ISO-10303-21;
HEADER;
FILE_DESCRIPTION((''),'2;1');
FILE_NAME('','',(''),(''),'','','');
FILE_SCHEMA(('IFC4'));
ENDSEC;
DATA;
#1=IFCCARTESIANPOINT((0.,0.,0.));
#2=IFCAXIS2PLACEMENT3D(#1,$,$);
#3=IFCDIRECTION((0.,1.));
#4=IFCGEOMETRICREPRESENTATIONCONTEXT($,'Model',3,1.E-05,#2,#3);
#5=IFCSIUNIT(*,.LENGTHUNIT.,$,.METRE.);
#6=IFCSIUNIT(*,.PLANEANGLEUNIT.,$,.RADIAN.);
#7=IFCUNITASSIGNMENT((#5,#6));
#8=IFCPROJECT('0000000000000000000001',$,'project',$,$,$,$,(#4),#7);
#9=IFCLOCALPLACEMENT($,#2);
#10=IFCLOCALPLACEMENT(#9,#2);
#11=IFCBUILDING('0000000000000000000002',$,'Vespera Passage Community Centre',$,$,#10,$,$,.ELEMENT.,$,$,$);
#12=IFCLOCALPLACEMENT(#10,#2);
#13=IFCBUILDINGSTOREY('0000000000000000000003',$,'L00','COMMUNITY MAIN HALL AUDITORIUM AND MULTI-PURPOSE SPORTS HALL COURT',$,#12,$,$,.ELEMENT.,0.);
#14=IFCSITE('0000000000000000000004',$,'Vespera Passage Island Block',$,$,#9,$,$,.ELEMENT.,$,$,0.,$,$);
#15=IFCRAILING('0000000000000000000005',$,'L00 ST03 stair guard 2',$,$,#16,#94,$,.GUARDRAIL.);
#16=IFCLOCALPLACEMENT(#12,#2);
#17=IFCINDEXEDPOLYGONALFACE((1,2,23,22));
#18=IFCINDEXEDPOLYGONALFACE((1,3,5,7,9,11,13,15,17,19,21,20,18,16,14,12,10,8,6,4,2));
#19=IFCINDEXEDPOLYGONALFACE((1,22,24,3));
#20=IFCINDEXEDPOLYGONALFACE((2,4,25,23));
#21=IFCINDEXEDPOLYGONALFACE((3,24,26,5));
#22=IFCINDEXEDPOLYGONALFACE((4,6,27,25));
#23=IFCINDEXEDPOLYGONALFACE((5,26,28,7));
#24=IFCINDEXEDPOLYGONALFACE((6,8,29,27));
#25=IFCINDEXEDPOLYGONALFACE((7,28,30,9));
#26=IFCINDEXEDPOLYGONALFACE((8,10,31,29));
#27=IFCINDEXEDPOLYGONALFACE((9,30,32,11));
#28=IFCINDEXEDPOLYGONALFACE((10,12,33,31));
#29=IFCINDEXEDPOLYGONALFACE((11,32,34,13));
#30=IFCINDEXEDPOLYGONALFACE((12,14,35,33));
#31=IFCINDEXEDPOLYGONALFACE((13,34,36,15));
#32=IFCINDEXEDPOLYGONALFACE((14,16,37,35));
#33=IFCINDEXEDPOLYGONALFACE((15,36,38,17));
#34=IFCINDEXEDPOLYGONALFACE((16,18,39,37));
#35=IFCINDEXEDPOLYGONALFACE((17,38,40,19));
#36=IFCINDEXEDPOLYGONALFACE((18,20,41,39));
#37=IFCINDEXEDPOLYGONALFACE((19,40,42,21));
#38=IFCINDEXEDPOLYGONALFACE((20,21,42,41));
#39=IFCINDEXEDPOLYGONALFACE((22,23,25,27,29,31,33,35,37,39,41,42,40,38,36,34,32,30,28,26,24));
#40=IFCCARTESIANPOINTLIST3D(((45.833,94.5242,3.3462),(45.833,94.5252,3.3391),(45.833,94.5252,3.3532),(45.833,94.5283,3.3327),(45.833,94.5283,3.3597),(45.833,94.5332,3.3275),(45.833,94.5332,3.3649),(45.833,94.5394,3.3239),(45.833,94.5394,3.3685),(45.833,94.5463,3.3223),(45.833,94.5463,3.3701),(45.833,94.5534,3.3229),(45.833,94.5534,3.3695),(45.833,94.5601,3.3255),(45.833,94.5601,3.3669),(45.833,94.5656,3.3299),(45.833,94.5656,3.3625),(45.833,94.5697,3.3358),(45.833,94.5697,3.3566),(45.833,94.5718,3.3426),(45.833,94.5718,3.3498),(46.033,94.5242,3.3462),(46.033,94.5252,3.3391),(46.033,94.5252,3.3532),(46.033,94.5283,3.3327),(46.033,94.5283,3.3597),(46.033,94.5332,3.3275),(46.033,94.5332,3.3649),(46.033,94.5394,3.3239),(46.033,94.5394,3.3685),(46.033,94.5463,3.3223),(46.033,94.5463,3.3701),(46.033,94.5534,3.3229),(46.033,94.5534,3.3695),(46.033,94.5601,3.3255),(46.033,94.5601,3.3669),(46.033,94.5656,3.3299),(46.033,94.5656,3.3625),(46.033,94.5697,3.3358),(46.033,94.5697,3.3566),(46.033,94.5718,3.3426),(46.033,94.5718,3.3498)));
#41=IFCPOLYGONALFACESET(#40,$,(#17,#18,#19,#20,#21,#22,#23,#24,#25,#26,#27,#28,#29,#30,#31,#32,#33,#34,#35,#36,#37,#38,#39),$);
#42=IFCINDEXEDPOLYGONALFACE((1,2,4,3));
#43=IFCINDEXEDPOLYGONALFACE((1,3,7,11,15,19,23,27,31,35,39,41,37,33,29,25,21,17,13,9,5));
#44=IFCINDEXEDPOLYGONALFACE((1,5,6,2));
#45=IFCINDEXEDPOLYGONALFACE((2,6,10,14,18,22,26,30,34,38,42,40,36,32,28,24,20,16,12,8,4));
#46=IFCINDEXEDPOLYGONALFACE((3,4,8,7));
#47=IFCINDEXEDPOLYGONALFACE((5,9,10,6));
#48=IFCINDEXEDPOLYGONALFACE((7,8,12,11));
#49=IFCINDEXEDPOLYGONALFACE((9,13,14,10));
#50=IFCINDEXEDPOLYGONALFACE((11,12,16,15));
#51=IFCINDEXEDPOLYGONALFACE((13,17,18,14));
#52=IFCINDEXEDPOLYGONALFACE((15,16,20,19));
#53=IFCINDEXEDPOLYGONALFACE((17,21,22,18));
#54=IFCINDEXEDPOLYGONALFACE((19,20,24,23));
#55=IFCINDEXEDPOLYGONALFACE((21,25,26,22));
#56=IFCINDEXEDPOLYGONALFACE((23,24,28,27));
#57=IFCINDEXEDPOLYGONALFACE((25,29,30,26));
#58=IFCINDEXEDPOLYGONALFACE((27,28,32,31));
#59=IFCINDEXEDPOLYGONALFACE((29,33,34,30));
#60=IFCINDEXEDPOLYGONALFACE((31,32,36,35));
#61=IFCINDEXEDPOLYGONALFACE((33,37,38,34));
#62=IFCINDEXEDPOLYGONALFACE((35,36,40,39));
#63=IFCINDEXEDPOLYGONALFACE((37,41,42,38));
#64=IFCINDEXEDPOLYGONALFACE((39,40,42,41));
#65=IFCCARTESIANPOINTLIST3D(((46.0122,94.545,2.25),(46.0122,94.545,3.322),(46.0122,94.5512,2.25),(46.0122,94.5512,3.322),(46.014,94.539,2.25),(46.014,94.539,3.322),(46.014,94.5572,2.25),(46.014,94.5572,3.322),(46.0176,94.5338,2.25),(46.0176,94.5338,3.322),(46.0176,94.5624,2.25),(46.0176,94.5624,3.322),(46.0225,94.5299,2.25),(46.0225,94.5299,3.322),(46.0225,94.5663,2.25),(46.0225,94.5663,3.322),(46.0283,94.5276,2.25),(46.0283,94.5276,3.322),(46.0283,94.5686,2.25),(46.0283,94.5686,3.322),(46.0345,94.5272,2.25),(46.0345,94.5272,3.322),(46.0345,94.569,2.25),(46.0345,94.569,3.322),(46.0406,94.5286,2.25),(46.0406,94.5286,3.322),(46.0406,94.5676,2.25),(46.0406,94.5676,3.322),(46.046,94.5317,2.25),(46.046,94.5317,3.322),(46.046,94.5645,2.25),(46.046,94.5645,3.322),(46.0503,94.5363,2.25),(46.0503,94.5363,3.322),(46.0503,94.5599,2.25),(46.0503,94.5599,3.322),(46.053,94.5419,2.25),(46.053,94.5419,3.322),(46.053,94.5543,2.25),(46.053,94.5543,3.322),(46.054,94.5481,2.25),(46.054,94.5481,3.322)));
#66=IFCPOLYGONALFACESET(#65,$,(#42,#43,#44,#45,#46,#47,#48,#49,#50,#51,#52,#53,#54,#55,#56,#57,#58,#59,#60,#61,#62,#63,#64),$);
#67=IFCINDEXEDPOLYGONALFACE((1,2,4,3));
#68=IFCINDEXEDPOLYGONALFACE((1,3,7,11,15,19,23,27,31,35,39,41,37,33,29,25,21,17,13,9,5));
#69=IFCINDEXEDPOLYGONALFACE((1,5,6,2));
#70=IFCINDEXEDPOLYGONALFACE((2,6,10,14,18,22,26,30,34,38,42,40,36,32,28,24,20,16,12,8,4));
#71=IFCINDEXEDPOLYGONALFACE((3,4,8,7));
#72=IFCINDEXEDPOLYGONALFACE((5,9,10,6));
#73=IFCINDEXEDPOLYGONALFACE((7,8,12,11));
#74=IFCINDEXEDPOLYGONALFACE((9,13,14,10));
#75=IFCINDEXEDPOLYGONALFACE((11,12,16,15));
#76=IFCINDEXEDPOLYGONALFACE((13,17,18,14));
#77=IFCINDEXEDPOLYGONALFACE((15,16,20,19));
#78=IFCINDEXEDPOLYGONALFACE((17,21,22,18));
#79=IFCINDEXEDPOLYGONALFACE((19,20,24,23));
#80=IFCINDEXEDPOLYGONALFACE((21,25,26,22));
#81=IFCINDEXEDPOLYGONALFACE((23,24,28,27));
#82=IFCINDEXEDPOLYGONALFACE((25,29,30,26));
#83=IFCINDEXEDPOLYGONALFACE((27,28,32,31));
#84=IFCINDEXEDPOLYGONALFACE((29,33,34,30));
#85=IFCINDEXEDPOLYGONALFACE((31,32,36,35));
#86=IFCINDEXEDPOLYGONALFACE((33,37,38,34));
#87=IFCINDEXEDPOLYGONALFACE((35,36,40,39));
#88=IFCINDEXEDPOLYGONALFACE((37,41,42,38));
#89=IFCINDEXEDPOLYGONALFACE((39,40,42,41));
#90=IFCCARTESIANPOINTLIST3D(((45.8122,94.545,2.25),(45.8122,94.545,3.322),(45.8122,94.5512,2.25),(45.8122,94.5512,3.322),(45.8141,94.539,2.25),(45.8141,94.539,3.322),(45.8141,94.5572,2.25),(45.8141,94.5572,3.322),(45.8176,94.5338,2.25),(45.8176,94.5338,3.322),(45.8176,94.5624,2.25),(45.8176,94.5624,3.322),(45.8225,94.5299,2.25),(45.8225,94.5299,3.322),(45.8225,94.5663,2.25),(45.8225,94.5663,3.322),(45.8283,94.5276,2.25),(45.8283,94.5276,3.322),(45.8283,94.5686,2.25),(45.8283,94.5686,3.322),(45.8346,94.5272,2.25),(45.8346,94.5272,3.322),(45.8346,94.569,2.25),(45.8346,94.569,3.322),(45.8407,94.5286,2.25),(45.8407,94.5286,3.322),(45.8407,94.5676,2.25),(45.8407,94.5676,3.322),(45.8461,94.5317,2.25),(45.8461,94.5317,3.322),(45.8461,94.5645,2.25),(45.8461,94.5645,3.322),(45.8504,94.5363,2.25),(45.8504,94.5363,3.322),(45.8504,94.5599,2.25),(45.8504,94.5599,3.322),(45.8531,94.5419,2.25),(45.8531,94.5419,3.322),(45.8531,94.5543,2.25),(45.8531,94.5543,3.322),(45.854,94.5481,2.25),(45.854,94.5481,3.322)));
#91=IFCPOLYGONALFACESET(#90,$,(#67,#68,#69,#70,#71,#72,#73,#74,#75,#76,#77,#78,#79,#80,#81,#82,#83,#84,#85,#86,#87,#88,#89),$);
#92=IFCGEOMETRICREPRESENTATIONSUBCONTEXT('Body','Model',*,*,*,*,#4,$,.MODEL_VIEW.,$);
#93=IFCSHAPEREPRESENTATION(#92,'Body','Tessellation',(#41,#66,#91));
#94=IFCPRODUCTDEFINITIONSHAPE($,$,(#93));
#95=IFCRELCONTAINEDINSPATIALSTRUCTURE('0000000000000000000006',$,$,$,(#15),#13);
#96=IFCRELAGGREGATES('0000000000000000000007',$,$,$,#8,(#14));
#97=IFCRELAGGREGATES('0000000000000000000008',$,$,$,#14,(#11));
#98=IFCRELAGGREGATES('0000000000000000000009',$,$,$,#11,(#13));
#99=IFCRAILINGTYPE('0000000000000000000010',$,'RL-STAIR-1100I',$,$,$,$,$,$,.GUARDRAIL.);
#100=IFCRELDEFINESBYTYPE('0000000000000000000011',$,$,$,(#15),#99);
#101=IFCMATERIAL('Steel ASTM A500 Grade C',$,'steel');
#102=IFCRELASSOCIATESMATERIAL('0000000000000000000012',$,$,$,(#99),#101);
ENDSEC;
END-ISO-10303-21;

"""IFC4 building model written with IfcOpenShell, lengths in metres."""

from ifc_helpers import new_model, si_unit, direction, frame, origin, origin_2d, place, context, subcontext, project, spatial, circle, extrude, material, type_object, element, save


model = new_model("IFC4")

# Units and contexts
model_context = context("Model", 3, precision=1e-05, world=origin(), true_north=direction((0.0, 1.0)))
body_context = subcontext(model_context, "Body", "Model", "MODEL_VIEW")
ifc_project = project(units=[si_unit("LENGTHUNIT", "METRE"), si_unit("PLANEANGLEUNIT", "RADIAN")], contexts=[model_context])

# Site, building, storey
site_placement = place(None, origin())
site = spatial("IfcSite", under=ifc_project, at=site_placement, Name="Vespera Passage Island Block", CompositionType="ELEMENT", RefElevation=0.0)
building_placement = place(site_placement, origin())
building = spatial("IfcBuilding", under=site, at=building_placement, Name="Vespera Passage Community Centre", CompositionType="ELEMENT")
storey_placement = place(building_placement, origin())
storey = spatial("IfcBuildingStorey", under=building, at=storey_placement, Name="L00", Description="COMMUNITY MAIN HALL AUDITORIUM AND MULTI-PURPOSE SPORTS HALL COURT", CompositionType="ELEMENT", Elevation=0.0)

# Railing
ifc_material_1 = material(Name="Steel ASTM A500 Grade C", Category="steel")
railing_type_1 = type_object("IfcRailingType", Name="RL-STAIR-1100I", PredefinedType="GUARDRAIL", material=ifc_material_1)
railing_1_placement = place(storey_placement, frame((46.033, 94.5481, 2.25)))
element("IfcRailing", 1, at=railing_1_placement, inside=storey, type_object=railing_type_1, Name="L00 ST03 stair guard 2", PredefinedType="GUARDRAIL", context=body_context, shape_type="SweptSolid", body=[
    extrude(circle(Radius=0.0239, at=origin_2d()), frame((0.0, 0.0, 1.0962), z_axis=(-1.0, 0.0, 0.0), x_axis=(0.0, -1.0, 0.0)), (0.0, 0.0, 1.0), 0.2),
    extrude(circle(Radius=0.021, at=origin_2d()), origin(), (0.0, 0.0, 1.0), 1.072),
    extrude(circle(Radius=0.021, at=origin_2d()), frame((-0.2, 0.0, 0.0)), (0.0, 0.0, 1.0), 1.072),
])

save(model, "model.ifc")
